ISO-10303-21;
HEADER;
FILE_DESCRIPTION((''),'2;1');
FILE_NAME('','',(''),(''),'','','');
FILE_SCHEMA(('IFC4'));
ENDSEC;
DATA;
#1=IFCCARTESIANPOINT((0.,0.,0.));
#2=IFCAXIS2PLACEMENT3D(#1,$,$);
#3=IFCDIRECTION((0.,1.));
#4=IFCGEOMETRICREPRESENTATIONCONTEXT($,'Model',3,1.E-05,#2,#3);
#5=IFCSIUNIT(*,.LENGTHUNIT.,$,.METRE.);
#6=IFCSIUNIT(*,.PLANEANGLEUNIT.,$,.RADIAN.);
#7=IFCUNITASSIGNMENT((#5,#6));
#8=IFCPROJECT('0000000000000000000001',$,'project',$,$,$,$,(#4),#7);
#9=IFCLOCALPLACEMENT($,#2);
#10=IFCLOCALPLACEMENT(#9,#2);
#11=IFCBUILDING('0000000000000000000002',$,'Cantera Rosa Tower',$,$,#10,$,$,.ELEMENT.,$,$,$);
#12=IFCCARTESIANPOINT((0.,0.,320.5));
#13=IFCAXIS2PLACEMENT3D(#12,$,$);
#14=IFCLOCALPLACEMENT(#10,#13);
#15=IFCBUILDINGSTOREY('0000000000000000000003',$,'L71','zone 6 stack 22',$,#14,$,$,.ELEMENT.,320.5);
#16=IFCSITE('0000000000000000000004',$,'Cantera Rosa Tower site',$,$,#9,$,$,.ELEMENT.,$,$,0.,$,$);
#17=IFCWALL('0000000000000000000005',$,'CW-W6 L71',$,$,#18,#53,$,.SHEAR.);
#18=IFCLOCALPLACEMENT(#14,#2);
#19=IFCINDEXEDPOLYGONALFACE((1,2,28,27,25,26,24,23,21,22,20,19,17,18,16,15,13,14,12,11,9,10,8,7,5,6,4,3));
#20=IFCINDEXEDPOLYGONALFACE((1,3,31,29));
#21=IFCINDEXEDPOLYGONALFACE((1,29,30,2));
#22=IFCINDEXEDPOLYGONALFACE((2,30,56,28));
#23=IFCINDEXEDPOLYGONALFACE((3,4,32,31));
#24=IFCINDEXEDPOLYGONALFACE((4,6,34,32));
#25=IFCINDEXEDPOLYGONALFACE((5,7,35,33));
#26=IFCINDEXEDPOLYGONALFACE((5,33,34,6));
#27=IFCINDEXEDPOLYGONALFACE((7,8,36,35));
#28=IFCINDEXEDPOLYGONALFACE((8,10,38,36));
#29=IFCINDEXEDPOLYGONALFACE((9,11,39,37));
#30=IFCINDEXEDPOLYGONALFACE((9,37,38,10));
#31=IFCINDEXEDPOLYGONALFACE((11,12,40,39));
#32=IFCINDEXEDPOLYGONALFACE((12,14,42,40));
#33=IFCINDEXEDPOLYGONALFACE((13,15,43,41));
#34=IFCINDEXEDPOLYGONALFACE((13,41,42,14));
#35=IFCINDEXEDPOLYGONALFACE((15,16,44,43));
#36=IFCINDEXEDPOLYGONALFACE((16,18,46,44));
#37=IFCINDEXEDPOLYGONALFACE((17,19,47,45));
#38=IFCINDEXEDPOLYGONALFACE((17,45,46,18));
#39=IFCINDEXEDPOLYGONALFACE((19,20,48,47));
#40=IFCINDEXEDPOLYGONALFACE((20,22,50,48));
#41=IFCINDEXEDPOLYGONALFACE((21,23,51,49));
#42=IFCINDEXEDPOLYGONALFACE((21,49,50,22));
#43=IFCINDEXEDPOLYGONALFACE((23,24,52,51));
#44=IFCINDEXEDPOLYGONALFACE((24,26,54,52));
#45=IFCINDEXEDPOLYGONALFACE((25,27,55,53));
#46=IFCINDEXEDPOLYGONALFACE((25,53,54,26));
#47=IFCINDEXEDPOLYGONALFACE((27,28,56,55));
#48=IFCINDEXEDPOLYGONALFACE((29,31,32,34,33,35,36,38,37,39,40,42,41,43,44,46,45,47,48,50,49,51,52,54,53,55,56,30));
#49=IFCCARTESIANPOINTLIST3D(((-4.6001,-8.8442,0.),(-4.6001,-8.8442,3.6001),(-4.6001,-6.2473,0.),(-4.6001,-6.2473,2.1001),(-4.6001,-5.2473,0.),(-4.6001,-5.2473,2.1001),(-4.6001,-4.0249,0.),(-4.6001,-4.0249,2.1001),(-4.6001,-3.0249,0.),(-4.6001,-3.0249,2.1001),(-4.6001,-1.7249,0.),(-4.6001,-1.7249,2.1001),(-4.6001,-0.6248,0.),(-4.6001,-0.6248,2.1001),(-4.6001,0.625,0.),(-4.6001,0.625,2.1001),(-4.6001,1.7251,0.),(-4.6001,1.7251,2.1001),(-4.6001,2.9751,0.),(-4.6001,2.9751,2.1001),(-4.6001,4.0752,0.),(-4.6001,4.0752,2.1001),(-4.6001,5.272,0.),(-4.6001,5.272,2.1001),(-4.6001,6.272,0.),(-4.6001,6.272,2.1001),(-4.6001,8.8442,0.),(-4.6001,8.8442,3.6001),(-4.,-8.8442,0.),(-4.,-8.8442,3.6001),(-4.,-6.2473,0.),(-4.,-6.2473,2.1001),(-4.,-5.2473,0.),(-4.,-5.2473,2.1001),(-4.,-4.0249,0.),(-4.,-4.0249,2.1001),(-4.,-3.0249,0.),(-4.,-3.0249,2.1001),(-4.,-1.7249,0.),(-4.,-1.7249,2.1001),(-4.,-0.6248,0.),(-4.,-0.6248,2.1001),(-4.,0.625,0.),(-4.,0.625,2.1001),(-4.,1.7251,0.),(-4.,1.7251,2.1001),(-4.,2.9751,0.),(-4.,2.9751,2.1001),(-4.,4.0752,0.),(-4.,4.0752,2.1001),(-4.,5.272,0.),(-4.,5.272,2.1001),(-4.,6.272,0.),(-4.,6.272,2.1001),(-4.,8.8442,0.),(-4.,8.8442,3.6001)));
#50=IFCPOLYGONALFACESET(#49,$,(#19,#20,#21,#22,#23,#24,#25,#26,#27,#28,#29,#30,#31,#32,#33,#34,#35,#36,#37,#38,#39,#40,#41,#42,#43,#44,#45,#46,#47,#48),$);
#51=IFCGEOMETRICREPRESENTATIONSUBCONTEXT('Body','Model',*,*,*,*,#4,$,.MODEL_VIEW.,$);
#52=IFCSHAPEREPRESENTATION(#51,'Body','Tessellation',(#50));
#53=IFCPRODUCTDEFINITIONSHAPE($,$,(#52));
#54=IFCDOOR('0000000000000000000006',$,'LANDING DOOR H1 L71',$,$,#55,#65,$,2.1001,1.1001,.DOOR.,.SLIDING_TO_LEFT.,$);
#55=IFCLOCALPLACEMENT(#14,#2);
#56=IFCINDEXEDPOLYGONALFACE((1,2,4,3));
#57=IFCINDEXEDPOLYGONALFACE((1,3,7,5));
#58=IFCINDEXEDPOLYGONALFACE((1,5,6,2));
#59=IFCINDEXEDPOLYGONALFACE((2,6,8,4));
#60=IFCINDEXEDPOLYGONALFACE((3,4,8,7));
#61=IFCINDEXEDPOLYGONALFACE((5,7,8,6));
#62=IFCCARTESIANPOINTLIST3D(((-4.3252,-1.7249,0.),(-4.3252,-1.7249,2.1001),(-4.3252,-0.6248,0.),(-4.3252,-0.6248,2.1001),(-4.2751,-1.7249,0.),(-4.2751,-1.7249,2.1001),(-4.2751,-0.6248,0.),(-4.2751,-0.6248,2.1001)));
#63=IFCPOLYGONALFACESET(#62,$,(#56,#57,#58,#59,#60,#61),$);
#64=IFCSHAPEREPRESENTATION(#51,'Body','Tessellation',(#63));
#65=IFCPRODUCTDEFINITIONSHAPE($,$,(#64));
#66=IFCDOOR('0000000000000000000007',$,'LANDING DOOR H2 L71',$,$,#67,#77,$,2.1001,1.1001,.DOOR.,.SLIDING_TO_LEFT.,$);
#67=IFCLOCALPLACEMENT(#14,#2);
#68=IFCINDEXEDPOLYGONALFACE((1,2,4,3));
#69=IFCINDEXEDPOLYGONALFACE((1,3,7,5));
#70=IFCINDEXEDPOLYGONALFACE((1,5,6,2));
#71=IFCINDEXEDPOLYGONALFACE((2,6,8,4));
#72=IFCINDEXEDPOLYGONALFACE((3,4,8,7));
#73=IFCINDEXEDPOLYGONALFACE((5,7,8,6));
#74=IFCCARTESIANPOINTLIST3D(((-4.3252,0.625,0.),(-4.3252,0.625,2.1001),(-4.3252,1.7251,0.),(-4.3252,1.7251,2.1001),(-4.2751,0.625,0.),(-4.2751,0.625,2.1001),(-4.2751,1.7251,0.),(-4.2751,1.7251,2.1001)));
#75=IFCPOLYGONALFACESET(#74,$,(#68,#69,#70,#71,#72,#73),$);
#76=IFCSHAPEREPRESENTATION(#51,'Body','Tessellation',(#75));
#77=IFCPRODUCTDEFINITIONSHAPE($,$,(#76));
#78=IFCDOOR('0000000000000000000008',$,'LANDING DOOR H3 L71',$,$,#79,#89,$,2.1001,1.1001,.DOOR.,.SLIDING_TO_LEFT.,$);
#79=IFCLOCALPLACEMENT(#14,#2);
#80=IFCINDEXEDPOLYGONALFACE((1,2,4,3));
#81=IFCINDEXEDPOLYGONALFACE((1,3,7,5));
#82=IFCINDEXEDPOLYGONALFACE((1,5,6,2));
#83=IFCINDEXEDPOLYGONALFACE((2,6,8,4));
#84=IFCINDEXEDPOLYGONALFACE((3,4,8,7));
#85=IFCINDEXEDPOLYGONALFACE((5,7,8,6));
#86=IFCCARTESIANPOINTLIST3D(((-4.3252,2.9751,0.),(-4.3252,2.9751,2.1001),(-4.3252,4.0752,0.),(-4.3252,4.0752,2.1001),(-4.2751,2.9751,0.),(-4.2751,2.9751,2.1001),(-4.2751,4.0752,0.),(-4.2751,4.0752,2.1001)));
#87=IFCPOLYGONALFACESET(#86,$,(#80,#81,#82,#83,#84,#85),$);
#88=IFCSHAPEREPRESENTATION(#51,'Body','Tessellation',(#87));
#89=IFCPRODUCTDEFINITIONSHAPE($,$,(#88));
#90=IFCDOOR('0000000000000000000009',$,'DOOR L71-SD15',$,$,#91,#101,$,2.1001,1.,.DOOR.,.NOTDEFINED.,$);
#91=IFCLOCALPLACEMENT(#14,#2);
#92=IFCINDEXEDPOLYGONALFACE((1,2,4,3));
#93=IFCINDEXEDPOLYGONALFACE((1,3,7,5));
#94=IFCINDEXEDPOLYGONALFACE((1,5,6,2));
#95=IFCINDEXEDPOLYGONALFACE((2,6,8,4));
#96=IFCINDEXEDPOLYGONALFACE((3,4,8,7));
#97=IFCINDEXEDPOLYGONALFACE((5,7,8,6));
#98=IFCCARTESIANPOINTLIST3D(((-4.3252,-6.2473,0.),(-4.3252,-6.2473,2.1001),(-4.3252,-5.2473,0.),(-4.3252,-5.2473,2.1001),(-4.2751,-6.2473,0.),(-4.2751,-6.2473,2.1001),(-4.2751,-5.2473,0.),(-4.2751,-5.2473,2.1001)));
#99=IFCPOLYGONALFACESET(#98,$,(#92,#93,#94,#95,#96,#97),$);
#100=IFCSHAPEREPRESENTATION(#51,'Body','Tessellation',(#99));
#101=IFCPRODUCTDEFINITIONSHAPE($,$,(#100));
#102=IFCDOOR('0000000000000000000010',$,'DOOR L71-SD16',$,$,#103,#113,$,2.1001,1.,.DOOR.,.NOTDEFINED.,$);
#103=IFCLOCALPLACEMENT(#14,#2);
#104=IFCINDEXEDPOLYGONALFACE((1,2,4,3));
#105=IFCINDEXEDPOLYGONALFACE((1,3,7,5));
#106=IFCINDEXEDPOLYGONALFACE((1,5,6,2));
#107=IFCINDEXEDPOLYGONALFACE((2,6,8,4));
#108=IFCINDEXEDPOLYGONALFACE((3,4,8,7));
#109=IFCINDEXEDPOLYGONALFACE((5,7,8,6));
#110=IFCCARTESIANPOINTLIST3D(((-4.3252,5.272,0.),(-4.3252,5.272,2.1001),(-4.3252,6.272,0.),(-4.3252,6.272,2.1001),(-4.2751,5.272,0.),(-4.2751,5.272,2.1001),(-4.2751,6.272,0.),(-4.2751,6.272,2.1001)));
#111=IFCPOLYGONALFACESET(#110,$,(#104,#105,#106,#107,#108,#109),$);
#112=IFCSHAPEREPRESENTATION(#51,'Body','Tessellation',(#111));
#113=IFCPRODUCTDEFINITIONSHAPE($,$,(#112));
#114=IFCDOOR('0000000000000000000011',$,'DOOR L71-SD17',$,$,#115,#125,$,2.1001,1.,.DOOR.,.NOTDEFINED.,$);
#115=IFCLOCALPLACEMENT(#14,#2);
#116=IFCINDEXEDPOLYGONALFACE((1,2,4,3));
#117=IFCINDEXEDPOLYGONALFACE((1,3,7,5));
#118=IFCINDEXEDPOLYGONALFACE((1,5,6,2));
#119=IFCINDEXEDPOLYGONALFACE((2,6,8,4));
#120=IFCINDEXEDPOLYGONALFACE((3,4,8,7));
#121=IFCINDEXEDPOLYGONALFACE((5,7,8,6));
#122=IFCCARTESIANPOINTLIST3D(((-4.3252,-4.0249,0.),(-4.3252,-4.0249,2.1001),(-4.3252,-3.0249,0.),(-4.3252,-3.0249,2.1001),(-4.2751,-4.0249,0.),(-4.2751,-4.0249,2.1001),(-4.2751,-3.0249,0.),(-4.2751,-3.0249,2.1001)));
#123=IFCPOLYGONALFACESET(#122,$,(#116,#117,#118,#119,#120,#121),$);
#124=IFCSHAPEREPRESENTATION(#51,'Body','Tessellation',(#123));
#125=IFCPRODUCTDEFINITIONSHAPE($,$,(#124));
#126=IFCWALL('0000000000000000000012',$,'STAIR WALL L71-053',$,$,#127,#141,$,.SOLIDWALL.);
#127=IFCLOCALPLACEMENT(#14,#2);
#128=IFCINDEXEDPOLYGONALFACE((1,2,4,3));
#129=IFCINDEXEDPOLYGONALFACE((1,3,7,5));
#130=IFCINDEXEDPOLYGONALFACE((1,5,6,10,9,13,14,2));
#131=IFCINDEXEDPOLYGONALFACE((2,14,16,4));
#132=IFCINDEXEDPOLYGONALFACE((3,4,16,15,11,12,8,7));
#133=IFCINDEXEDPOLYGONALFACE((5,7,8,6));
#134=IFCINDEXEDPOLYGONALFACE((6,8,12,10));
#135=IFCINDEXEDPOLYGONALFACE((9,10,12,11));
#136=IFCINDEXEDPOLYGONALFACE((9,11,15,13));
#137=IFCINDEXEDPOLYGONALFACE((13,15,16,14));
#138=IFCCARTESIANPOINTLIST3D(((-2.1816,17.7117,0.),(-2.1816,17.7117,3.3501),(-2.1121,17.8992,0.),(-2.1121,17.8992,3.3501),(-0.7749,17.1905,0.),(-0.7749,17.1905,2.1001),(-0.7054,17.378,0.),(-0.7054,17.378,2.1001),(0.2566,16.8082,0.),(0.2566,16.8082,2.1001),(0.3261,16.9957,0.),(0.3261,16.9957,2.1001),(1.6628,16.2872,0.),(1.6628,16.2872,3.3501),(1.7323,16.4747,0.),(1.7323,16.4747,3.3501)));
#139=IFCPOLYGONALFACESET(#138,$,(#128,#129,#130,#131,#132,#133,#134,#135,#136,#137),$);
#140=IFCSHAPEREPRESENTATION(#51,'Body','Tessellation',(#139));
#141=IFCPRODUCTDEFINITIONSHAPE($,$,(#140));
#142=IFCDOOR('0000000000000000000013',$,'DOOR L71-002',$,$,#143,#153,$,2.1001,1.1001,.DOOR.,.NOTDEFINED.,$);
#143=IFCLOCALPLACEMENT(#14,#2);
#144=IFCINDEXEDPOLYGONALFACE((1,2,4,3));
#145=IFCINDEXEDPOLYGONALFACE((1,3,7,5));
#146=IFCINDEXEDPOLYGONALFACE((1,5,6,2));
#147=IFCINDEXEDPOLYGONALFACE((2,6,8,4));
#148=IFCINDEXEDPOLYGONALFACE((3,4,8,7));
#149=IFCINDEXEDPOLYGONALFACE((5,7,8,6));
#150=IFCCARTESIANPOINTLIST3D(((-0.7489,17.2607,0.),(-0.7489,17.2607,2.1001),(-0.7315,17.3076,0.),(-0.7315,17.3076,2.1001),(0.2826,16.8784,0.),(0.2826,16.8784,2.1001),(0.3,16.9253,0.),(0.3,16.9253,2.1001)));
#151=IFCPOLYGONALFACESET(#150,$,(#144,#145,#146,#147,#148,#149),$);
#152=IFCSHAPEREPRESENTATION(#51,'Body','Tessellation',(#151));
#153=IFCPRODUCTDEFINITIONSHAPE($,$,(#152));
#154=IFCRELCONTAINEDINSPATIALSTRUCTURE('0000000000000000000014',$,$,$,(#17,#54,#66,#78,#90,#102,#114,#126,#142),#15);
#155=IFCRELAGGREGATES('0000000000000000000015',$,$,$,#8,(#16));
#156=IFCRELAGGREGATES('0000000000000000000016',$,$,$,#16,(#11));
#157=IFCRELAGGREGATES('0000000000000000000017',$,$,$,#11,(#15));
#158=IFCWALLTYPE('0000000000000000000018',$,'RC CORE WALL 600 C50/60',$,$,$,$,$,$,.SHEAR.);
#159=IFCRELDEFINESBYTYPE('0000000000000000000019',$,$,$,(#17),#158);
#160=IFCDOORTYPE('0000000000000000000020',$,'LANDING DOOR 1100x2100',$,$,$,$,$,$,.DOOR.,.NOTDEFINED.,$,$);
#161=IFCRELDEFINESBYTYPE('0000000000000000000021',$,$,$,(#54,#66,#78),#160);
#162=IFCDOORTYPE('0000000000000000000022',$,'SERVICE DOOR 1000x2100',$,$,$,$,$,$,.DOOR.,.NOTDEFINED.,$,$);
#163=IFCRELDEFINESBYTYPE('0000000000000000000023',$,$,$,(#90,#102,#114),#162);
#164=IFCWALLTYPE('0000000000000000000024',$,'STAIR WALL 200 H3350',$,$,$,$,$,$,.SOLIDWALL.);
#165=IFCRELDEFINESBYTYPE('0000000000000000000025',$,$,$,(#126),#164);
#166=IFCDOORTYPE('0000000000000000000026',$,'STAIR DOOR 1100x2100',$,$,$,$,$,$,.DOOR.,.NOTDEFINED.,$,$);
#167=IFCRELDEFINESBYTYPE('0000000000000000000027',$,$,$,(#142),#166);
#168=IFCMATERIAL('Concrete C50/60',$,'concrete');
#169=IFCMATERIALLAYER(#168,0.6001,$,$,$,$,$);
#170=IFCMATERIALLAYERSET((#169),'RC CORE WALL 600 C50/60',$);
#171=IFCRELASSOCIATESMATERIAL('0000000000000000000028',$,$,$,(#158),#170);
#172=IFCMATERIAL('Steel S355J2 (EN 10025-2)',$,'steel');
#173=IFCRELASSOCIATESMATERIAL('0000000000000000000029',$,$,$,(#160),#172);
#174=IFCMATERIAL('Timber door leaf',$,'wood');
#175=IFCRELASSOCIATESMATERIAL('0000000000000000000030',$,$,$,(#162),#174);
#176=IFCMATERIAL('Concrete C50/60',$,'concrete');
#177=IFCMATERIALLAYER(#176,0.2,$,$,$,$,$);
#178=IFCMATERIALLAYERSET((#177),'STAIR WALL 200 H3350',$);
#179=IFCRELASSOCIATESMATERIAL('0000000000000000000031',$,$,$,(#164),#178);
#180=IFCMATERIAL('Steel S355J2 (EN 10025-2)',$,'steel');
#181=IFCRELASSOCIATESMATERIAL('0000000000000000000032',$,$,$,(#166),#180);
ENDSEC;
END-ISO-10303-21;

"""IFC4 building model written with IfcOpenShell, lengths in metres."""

from ifc_helpers import new_model, si_unit, direction, frame, frame_2d, origin, place, context, subcontext, project, spatial, rectangle, extrude, material, layer, layer_set, type_object, element, fill, save


model = new_model("IFC4")

# Units and contexts
model_context = context("Model", 3, precision=1e-05, world=origin(), true_north=direction((0.0, 1.0)))
body_context = subcontext(model_context, "Body", "Model", "MODEL_VIEW")
ifc_project = project(units=[si_unit("LENGTHUNIT", "METRE"), si_unit("PLANEANGLEUNIT", "RADIAN")], contexts=[model_context])

# Site, building, storey
site_placement = place(None, origin())
site = spatial("IfcSite", under=ifc_project, at=site_placement, Name="Cantera Rosa Tower site", CompositionType="ELEMENT", RefElevation=0.0)
building_placement = place(site_placement, origin())
building = spatial("IfcBuilding", under=site, at=building_placement, Name="Cantera Rosa Tower", CompositionType="ELEMENT")
storey_placement = place(building_placement, frame((0.0, 0.0, 320.5)))
storey = spatial("IfcBuildingStorey", under=building, at=storey_placement, Name="L71", Description="zone 6 stack 22", CompositionType="ELEMENT", Elevation=320.5)

# Wall, openings, doors
ifc_material_1 = material(Name="Concrete C50/60", Category="concrete")
ifc_layer_1 = layer(ifc_material_1, 0.6001)
ifc_layer_set_1 = layer_set([ifc_layer_1], Name="RC CORE WALL 600 C50/60")
wall_type_1 = type_object("IfcWallType", Name="RC CORE WALL 600 C50/60", PredefinedType="SHEAR", material=ifc_layer_set_1)
wall_1_placement = place(storey_placement, frame((-4.3, 8.8442, 0.0), z_axis=(0.0, 0.0, 1.0), x_axis=(0.0, -1.0, 0.0)))
wall_1 = element("IfcWall", 1, at=wall_1_placement, inside=storey, type_object=wall_type_1, Name="CW-W6 L71", PredefinedType="SHEAR", context=body_context, shape_type="SweptSolid", body=[
    extrude(rectangle(XDim=17.6885, YDim=0.6001, at=frame_2d((8.8442, 0.0))), origin(), (0.0, 0.0, 1.0), 3.6001),
])
opening_1_placement = place(wall_1_placement, frame((9.469, 0.0, 0.0)))
opening_1 = element("IfcOpeningElement", 2, at=opening_1_placement, cuts=wall_1, PredefinedType="OPENING", context=body_context, shape_type="SweptSolid", body=[
    extrude(rectangle(XDim=1.1001, YDim=2.1001, at=frame_2d((0.55, 1.05))), frame((0.0, 0.3101, 0.0), z_axis=(0.0, -1.0, 0.0), x_axis=(1.0, 0.0, 0.0)), (0.0, 0.0, 1.0), 0.6201),
])
opening_2_placement = place(wall_1_placement, frame((7.1191, 0.0, 0.0)))
opening_2 = element("IfcOpeningElement", 3, at=opening_2_placement, cuts=wall_1, PredefinedType="OPENING", context=body_context, shape_type="SweptSolid", body=[
    extrude(rectangle(XDim=1.1001, YDim=2.1001, at=frame_2d((0.55, 1.05))), frame((0.0, 0.3101, 0.0), z_axis=(0.0, -1.0, 0.0), x_axis=(1.0, 0.0, 0.0)), (0.0, 0.0, 1.0), 0.6201),
])
opening_3_placement = place(wall_1_placement, frame((4.769, 0.0, 0.0)))
opening_3 = element("IfcOpeningElement", 4, at=opening_3_placement, cuts=wall_1, PredefinedType="OPENING", context=body_context, shape_type="SweptSolid", body=[
    extrude(rectangle(XDim=1.1001, YDim=2.1001, at=frame_2d((0.55, 1.05))), frame((0.0, 0.3101, 0.0), z_axis=(0.0, -1.0, 0.0), x_axis=(1.0, 0.0, 0.0)), (0.0, 0.0, 1.0), 0.6201),
])
opening_4_placement = place(wall_1_placement, frame((14.0916, 0.0, 0.0)))
opening_4 = element("IfcOpeningElement", 5, at=opening_4_placement, cuts=wall_1, PredefinedType="OPENING", context=body_context, shape_type="SweptSolid", body=[
    extrude(rectangle(XDim=1.0, YDim=2.1001, at=frame_2d((0.5, 1.05))), frame((0.0, 0.3101, 0.0), z_axis=(0.0, -1.0, 0.0), x_axis=(1.0, 0.0, 0.0)), (0.0, 0.0, 1.0), 0.6201),
])
opening_5_placement = place(wall_1_placement, frame((2.5723, 0.0, 0.0)))
opening_5 = element("IfcOpeningElement", 6, at=opening_5_placement, cuts=wall_1, PredefinedType="OPENING", context=body_context, shape_type="SweptSolid", body=[
    extrude(rectangle(XDim=1.0, YDim=2.1001, at=frame_2d((0.5, 1.05))), frame((0.0, 0.3101, 0.0), z_axis=(0.0, -1.0, 0.0), x_axis=(1.0, 0.0, 0.0)), (0.0, 0.0, 1.0), 0.6201),
])
opening_6_placement = place(wall_1_placement, frame((11.8691, 0.0, 0.0)))
opening_6 = element("IfcOpeningElement", 7, at=opening_6_placement, cuts=wall_1, PredefinedType="OPENING", context=body_context, shape_type="SweptSolid", body=[
    extrude(rectangle(XDim=1.0, YDim=2.1001, at=frame_2d((0.5, 1.05))), frame((0.0, 0.3101, 0.0), z_axis=(0.0, -1.0, 0.0), x_axis=(1.0, 0.0, 0.0)), (0.0, 0.0, 1.0), 0.6201),
])
ifc_material_2 = material(Name="Steel S355J2 (EN 10025-2)", Category="steel")
door_type_1 = type_object("IfcDoorType", Name="LANDING DOOR 1100x2100", OperationType="NOTDEFINED", PredefinedType="DOOR", material=ifc_material_2)
door_1_placement = place(opening_1_placement, origin())
door_1 = element("IfcDoor", 8, at=door_1_placement, inside=storey, type_object=door_type_1, Name="LANDING DOOR H1 L71", OperationType="SLIDING_TO_LEFT", OverallHeight=2.1001, OverallWidth=1.1001, PredefinedType="DOOR", context=body_context, shape_type="SweptSolid", body=[
    extrude(rectangle(XDim=1.1001, YDim=2.1001, at=frame_2d((0.55, 1.05))), frame((0.0, 0.0249, 0.0), z_axis=(0.0, -1.0, 0.0), x_axis=(1.0, 0.0, 0.0)), (0.0, 0.0, 1.0), 0.05),
])
fill(opening_1, door_1)
door_2_placement = place(opening_2_placement, origin())
door_2 = element("IfcDoor", 9, at=door_2_placement, inside=storey, type_object=door_type_1, Name="LANDING DOOR H2 L71", OperationType="SLIDING_TO_LEFT", OverallHeight=2.1001, OverallWidth=1.1001, PredefinedType="DOOR", context=body_context, shape_type="SweptSolid", body=[
    extrude(rectangle(XDim=1.1001, YDim=2.1001, at=frame_2d((0.55, 1.05))), frame((0.0, 0.0249, 0.0), z_axis=(0.0, -1.0, 0.0), x_axis=(1.0, 0.0, 0.0)), (0.0, 0.0, 1.0), 0.05),
])
fill(opening_2, door_2)
door_3_placement = place(opening_3_placement, origin())
door_3 = element("IfcDoor", 10, at=door_3_placement, inside=storey, type_object=door_type_1, Name="LANDING DOOR H3 L71", OperationType="SLIDING_TO_LEFT", OverallHeight=2.1001, OverallWidth=1.1001, PredefinedType="DOOR", context=body_context, shape_type="SweptSolid", body=[
    extrude(rectangle(XDim=1.1001, YDim=2.1001, at=frame_2d((0.55, 1.05))), frame((0.0, 0.0249, 0.0), z_axis=(0.0, -1.0, 0.0), x_axis=(1.0, 0.0, 0.0)), (0.0, 0.0, 1.0), 0.05),
])
fill(opening_3, door_3)
ifc_material_3 = material(Name="Timber door leaf", Category="wood")
door_type_2 = type_object("IfcDoorType", Name="SERVICE DOOR 1000x2100", OperationType="NOTDEFINED", PredefinedType="DOOR", material=ifc_material_3)
door_4_placement = place(opening_4_placement, origin())
door_4 = element("IfcDoor", 11, at=door_4_placement, inside=storey, type_object=door_type_2, Name="DOOR L71-SD15", OperationType="NOTDEFINED", OverallHeight=2.1001, OverallWidth=1.0, PredefinedType="DOOR", context=body_context, shape_type="SweptSolid", body=[
    extrude(rectangle(XDim=1.0, YDim=2.1001, at=frame_2d((0.5, 1.05))), frame((0.0, 0.0249, 0.0), z_axis=(0.0, -1.0, 0.0), x_axis=(1.0, 0.0, 0.0)), (0.0, 0.0, 1.0), 0.05),
])
fill(opening_4, door_4)
door_5_placement = place(opening_5_placement, origin())
door_5 = element("IfcDoor", 12, at=door_5_placement, inside=storey, type_object=door_type_2, Name="DOOR L71-SD16", OperationType="NOTDEFINED", OverallHeight=2.1001, OverallWidth=1.0, PredefinedType="DOOR", context=body_context, shape_type="SweptSolid", body=[
    extrude(rectangle(XDim=1.0, YDim=2.1001, at=frame_2d((0.5, 1.05))), frame((0.0, 0.0249, 0.0), z_axis=(0.0, -1.0, 0.0), x_axis=(1.0, 0.0, 0.0)), (0.0, 0.0, 1.0), 0.05),
])
fill(opening_5, door_5)
door_6_placement = place(opening_6_placement, origin())
door_6 = element("IfcDoor", 13, at=door_6_placement, inside=storey, type_object=door_type_2, Name="DOOR L71-SD17", OperationType="NOTDEFINED", OverallHeight=2.1001, OverallWidth=1.0, PredefinedType="DOOR", context=body_context, shape_type="SweptSolid", body=[
    extrude(rectangle(XDim=1.0, YDim=2.1001, at=frame_2d((0.5, 1.05))), frame((0.0, 0.0249, 0.0), z_axis=(0.0, -1.0, 0.0), x_axis=(1.0, 0.0, 0.0)), (0.0, 0.0, 1.0), 0.05),
])
fill(opening_6, door_6)

# Wall, opening, door
ifc_material_4 = material(Name="Concrete C50/60", Category="concrete")
ifc_layer_2 = layer(ifc_material_4, 0.2)
ifc_layer_set_2 = layer_set([ifc_layer_2], Name="STAIR WALL 200 H3350")
wall_type_2 = type_object("IfcWallType", Name="STAIR WALL 200 H3350", PredefinedType="SOLIDWALL", material=ifc_layer_set_2)
wall_2_placement = place(storey_placement, frame((-2.1467, 17.8054, 0.0), z_axis=(0.0, 0.0, 1.0), x_axis=(0.937695, -0.34746, 0.0)))
wall_2 = element("IfcWall", 14, at=wall_2_placement, inside=storey, type_object=wall_type_2, Name="STAIR WALL L71-053", PredefinedType="SOLIDWALL", context=body_context, shape_type="SweptSolid", body=[
    extrude(rectangle(XDim=4.0999, YDim=0.2, at=frame_2d((2.0498, 0.0))), origin(), (0.0, 0.0, 1.0), 3.3501),
])
opening_7_placement = place(wall_2_placement, frame((1.5, 0.0, 0.0)))
opening_7 = element("IfcOpeningElement", 15, at=opening_7_placement, cuts=wall_2, PredefinedType="OPENING", context=body_context, shape_type="SweptSolid", body=[
    extrude(rectangle(XDim=1.1001, YDim=2.1001, at=frame_2d((0.55, 1.05))), frame((0.0, 0.1099, 0.0), z_axis=(0.0, -1.0, 0.0), x_axis=(1.0, 0.0, 0.0)), (0.0, 0.0, 1.0), 0.22),
])
ifc_material_5 = material(Name="Steel S355J2 (EN 10025-2)", Category="steel")
door_type_3 = type_object("IfcDoorType", Name="STAIR DOOR 1100x2100", OperationType="NOTDEFINED", PredefinedType="DOOR", material=ifc_material_5)
door_7_placement = place(opening_7_placement, origin())
door_7 = element("IfcDoor", 16, at=door_7_placement, inside=storey, type_object=door_type_3, Name="DOOR L71-002", OperationType="NOTDEFINED", OverallHeight=2.1001, OverallWidth=1.1001, PredefinedType="DOOR", context=body_context, shape_type="SweptSolid", body=[
    extrude(rectangle(XDim=1.1001, YDim=2.1001, at=frame_2d((0.55, 1.05))), frame((0.0, 0.0249, 0.0), z_axis=(0.0, -1.0, 0.0), x_axis=(1.0, 0.0, 0.0)), (0.0, 0.0, 1.0), 0.05),
])
fill(opening_7, door_7)

save(model, "model.ifc")
